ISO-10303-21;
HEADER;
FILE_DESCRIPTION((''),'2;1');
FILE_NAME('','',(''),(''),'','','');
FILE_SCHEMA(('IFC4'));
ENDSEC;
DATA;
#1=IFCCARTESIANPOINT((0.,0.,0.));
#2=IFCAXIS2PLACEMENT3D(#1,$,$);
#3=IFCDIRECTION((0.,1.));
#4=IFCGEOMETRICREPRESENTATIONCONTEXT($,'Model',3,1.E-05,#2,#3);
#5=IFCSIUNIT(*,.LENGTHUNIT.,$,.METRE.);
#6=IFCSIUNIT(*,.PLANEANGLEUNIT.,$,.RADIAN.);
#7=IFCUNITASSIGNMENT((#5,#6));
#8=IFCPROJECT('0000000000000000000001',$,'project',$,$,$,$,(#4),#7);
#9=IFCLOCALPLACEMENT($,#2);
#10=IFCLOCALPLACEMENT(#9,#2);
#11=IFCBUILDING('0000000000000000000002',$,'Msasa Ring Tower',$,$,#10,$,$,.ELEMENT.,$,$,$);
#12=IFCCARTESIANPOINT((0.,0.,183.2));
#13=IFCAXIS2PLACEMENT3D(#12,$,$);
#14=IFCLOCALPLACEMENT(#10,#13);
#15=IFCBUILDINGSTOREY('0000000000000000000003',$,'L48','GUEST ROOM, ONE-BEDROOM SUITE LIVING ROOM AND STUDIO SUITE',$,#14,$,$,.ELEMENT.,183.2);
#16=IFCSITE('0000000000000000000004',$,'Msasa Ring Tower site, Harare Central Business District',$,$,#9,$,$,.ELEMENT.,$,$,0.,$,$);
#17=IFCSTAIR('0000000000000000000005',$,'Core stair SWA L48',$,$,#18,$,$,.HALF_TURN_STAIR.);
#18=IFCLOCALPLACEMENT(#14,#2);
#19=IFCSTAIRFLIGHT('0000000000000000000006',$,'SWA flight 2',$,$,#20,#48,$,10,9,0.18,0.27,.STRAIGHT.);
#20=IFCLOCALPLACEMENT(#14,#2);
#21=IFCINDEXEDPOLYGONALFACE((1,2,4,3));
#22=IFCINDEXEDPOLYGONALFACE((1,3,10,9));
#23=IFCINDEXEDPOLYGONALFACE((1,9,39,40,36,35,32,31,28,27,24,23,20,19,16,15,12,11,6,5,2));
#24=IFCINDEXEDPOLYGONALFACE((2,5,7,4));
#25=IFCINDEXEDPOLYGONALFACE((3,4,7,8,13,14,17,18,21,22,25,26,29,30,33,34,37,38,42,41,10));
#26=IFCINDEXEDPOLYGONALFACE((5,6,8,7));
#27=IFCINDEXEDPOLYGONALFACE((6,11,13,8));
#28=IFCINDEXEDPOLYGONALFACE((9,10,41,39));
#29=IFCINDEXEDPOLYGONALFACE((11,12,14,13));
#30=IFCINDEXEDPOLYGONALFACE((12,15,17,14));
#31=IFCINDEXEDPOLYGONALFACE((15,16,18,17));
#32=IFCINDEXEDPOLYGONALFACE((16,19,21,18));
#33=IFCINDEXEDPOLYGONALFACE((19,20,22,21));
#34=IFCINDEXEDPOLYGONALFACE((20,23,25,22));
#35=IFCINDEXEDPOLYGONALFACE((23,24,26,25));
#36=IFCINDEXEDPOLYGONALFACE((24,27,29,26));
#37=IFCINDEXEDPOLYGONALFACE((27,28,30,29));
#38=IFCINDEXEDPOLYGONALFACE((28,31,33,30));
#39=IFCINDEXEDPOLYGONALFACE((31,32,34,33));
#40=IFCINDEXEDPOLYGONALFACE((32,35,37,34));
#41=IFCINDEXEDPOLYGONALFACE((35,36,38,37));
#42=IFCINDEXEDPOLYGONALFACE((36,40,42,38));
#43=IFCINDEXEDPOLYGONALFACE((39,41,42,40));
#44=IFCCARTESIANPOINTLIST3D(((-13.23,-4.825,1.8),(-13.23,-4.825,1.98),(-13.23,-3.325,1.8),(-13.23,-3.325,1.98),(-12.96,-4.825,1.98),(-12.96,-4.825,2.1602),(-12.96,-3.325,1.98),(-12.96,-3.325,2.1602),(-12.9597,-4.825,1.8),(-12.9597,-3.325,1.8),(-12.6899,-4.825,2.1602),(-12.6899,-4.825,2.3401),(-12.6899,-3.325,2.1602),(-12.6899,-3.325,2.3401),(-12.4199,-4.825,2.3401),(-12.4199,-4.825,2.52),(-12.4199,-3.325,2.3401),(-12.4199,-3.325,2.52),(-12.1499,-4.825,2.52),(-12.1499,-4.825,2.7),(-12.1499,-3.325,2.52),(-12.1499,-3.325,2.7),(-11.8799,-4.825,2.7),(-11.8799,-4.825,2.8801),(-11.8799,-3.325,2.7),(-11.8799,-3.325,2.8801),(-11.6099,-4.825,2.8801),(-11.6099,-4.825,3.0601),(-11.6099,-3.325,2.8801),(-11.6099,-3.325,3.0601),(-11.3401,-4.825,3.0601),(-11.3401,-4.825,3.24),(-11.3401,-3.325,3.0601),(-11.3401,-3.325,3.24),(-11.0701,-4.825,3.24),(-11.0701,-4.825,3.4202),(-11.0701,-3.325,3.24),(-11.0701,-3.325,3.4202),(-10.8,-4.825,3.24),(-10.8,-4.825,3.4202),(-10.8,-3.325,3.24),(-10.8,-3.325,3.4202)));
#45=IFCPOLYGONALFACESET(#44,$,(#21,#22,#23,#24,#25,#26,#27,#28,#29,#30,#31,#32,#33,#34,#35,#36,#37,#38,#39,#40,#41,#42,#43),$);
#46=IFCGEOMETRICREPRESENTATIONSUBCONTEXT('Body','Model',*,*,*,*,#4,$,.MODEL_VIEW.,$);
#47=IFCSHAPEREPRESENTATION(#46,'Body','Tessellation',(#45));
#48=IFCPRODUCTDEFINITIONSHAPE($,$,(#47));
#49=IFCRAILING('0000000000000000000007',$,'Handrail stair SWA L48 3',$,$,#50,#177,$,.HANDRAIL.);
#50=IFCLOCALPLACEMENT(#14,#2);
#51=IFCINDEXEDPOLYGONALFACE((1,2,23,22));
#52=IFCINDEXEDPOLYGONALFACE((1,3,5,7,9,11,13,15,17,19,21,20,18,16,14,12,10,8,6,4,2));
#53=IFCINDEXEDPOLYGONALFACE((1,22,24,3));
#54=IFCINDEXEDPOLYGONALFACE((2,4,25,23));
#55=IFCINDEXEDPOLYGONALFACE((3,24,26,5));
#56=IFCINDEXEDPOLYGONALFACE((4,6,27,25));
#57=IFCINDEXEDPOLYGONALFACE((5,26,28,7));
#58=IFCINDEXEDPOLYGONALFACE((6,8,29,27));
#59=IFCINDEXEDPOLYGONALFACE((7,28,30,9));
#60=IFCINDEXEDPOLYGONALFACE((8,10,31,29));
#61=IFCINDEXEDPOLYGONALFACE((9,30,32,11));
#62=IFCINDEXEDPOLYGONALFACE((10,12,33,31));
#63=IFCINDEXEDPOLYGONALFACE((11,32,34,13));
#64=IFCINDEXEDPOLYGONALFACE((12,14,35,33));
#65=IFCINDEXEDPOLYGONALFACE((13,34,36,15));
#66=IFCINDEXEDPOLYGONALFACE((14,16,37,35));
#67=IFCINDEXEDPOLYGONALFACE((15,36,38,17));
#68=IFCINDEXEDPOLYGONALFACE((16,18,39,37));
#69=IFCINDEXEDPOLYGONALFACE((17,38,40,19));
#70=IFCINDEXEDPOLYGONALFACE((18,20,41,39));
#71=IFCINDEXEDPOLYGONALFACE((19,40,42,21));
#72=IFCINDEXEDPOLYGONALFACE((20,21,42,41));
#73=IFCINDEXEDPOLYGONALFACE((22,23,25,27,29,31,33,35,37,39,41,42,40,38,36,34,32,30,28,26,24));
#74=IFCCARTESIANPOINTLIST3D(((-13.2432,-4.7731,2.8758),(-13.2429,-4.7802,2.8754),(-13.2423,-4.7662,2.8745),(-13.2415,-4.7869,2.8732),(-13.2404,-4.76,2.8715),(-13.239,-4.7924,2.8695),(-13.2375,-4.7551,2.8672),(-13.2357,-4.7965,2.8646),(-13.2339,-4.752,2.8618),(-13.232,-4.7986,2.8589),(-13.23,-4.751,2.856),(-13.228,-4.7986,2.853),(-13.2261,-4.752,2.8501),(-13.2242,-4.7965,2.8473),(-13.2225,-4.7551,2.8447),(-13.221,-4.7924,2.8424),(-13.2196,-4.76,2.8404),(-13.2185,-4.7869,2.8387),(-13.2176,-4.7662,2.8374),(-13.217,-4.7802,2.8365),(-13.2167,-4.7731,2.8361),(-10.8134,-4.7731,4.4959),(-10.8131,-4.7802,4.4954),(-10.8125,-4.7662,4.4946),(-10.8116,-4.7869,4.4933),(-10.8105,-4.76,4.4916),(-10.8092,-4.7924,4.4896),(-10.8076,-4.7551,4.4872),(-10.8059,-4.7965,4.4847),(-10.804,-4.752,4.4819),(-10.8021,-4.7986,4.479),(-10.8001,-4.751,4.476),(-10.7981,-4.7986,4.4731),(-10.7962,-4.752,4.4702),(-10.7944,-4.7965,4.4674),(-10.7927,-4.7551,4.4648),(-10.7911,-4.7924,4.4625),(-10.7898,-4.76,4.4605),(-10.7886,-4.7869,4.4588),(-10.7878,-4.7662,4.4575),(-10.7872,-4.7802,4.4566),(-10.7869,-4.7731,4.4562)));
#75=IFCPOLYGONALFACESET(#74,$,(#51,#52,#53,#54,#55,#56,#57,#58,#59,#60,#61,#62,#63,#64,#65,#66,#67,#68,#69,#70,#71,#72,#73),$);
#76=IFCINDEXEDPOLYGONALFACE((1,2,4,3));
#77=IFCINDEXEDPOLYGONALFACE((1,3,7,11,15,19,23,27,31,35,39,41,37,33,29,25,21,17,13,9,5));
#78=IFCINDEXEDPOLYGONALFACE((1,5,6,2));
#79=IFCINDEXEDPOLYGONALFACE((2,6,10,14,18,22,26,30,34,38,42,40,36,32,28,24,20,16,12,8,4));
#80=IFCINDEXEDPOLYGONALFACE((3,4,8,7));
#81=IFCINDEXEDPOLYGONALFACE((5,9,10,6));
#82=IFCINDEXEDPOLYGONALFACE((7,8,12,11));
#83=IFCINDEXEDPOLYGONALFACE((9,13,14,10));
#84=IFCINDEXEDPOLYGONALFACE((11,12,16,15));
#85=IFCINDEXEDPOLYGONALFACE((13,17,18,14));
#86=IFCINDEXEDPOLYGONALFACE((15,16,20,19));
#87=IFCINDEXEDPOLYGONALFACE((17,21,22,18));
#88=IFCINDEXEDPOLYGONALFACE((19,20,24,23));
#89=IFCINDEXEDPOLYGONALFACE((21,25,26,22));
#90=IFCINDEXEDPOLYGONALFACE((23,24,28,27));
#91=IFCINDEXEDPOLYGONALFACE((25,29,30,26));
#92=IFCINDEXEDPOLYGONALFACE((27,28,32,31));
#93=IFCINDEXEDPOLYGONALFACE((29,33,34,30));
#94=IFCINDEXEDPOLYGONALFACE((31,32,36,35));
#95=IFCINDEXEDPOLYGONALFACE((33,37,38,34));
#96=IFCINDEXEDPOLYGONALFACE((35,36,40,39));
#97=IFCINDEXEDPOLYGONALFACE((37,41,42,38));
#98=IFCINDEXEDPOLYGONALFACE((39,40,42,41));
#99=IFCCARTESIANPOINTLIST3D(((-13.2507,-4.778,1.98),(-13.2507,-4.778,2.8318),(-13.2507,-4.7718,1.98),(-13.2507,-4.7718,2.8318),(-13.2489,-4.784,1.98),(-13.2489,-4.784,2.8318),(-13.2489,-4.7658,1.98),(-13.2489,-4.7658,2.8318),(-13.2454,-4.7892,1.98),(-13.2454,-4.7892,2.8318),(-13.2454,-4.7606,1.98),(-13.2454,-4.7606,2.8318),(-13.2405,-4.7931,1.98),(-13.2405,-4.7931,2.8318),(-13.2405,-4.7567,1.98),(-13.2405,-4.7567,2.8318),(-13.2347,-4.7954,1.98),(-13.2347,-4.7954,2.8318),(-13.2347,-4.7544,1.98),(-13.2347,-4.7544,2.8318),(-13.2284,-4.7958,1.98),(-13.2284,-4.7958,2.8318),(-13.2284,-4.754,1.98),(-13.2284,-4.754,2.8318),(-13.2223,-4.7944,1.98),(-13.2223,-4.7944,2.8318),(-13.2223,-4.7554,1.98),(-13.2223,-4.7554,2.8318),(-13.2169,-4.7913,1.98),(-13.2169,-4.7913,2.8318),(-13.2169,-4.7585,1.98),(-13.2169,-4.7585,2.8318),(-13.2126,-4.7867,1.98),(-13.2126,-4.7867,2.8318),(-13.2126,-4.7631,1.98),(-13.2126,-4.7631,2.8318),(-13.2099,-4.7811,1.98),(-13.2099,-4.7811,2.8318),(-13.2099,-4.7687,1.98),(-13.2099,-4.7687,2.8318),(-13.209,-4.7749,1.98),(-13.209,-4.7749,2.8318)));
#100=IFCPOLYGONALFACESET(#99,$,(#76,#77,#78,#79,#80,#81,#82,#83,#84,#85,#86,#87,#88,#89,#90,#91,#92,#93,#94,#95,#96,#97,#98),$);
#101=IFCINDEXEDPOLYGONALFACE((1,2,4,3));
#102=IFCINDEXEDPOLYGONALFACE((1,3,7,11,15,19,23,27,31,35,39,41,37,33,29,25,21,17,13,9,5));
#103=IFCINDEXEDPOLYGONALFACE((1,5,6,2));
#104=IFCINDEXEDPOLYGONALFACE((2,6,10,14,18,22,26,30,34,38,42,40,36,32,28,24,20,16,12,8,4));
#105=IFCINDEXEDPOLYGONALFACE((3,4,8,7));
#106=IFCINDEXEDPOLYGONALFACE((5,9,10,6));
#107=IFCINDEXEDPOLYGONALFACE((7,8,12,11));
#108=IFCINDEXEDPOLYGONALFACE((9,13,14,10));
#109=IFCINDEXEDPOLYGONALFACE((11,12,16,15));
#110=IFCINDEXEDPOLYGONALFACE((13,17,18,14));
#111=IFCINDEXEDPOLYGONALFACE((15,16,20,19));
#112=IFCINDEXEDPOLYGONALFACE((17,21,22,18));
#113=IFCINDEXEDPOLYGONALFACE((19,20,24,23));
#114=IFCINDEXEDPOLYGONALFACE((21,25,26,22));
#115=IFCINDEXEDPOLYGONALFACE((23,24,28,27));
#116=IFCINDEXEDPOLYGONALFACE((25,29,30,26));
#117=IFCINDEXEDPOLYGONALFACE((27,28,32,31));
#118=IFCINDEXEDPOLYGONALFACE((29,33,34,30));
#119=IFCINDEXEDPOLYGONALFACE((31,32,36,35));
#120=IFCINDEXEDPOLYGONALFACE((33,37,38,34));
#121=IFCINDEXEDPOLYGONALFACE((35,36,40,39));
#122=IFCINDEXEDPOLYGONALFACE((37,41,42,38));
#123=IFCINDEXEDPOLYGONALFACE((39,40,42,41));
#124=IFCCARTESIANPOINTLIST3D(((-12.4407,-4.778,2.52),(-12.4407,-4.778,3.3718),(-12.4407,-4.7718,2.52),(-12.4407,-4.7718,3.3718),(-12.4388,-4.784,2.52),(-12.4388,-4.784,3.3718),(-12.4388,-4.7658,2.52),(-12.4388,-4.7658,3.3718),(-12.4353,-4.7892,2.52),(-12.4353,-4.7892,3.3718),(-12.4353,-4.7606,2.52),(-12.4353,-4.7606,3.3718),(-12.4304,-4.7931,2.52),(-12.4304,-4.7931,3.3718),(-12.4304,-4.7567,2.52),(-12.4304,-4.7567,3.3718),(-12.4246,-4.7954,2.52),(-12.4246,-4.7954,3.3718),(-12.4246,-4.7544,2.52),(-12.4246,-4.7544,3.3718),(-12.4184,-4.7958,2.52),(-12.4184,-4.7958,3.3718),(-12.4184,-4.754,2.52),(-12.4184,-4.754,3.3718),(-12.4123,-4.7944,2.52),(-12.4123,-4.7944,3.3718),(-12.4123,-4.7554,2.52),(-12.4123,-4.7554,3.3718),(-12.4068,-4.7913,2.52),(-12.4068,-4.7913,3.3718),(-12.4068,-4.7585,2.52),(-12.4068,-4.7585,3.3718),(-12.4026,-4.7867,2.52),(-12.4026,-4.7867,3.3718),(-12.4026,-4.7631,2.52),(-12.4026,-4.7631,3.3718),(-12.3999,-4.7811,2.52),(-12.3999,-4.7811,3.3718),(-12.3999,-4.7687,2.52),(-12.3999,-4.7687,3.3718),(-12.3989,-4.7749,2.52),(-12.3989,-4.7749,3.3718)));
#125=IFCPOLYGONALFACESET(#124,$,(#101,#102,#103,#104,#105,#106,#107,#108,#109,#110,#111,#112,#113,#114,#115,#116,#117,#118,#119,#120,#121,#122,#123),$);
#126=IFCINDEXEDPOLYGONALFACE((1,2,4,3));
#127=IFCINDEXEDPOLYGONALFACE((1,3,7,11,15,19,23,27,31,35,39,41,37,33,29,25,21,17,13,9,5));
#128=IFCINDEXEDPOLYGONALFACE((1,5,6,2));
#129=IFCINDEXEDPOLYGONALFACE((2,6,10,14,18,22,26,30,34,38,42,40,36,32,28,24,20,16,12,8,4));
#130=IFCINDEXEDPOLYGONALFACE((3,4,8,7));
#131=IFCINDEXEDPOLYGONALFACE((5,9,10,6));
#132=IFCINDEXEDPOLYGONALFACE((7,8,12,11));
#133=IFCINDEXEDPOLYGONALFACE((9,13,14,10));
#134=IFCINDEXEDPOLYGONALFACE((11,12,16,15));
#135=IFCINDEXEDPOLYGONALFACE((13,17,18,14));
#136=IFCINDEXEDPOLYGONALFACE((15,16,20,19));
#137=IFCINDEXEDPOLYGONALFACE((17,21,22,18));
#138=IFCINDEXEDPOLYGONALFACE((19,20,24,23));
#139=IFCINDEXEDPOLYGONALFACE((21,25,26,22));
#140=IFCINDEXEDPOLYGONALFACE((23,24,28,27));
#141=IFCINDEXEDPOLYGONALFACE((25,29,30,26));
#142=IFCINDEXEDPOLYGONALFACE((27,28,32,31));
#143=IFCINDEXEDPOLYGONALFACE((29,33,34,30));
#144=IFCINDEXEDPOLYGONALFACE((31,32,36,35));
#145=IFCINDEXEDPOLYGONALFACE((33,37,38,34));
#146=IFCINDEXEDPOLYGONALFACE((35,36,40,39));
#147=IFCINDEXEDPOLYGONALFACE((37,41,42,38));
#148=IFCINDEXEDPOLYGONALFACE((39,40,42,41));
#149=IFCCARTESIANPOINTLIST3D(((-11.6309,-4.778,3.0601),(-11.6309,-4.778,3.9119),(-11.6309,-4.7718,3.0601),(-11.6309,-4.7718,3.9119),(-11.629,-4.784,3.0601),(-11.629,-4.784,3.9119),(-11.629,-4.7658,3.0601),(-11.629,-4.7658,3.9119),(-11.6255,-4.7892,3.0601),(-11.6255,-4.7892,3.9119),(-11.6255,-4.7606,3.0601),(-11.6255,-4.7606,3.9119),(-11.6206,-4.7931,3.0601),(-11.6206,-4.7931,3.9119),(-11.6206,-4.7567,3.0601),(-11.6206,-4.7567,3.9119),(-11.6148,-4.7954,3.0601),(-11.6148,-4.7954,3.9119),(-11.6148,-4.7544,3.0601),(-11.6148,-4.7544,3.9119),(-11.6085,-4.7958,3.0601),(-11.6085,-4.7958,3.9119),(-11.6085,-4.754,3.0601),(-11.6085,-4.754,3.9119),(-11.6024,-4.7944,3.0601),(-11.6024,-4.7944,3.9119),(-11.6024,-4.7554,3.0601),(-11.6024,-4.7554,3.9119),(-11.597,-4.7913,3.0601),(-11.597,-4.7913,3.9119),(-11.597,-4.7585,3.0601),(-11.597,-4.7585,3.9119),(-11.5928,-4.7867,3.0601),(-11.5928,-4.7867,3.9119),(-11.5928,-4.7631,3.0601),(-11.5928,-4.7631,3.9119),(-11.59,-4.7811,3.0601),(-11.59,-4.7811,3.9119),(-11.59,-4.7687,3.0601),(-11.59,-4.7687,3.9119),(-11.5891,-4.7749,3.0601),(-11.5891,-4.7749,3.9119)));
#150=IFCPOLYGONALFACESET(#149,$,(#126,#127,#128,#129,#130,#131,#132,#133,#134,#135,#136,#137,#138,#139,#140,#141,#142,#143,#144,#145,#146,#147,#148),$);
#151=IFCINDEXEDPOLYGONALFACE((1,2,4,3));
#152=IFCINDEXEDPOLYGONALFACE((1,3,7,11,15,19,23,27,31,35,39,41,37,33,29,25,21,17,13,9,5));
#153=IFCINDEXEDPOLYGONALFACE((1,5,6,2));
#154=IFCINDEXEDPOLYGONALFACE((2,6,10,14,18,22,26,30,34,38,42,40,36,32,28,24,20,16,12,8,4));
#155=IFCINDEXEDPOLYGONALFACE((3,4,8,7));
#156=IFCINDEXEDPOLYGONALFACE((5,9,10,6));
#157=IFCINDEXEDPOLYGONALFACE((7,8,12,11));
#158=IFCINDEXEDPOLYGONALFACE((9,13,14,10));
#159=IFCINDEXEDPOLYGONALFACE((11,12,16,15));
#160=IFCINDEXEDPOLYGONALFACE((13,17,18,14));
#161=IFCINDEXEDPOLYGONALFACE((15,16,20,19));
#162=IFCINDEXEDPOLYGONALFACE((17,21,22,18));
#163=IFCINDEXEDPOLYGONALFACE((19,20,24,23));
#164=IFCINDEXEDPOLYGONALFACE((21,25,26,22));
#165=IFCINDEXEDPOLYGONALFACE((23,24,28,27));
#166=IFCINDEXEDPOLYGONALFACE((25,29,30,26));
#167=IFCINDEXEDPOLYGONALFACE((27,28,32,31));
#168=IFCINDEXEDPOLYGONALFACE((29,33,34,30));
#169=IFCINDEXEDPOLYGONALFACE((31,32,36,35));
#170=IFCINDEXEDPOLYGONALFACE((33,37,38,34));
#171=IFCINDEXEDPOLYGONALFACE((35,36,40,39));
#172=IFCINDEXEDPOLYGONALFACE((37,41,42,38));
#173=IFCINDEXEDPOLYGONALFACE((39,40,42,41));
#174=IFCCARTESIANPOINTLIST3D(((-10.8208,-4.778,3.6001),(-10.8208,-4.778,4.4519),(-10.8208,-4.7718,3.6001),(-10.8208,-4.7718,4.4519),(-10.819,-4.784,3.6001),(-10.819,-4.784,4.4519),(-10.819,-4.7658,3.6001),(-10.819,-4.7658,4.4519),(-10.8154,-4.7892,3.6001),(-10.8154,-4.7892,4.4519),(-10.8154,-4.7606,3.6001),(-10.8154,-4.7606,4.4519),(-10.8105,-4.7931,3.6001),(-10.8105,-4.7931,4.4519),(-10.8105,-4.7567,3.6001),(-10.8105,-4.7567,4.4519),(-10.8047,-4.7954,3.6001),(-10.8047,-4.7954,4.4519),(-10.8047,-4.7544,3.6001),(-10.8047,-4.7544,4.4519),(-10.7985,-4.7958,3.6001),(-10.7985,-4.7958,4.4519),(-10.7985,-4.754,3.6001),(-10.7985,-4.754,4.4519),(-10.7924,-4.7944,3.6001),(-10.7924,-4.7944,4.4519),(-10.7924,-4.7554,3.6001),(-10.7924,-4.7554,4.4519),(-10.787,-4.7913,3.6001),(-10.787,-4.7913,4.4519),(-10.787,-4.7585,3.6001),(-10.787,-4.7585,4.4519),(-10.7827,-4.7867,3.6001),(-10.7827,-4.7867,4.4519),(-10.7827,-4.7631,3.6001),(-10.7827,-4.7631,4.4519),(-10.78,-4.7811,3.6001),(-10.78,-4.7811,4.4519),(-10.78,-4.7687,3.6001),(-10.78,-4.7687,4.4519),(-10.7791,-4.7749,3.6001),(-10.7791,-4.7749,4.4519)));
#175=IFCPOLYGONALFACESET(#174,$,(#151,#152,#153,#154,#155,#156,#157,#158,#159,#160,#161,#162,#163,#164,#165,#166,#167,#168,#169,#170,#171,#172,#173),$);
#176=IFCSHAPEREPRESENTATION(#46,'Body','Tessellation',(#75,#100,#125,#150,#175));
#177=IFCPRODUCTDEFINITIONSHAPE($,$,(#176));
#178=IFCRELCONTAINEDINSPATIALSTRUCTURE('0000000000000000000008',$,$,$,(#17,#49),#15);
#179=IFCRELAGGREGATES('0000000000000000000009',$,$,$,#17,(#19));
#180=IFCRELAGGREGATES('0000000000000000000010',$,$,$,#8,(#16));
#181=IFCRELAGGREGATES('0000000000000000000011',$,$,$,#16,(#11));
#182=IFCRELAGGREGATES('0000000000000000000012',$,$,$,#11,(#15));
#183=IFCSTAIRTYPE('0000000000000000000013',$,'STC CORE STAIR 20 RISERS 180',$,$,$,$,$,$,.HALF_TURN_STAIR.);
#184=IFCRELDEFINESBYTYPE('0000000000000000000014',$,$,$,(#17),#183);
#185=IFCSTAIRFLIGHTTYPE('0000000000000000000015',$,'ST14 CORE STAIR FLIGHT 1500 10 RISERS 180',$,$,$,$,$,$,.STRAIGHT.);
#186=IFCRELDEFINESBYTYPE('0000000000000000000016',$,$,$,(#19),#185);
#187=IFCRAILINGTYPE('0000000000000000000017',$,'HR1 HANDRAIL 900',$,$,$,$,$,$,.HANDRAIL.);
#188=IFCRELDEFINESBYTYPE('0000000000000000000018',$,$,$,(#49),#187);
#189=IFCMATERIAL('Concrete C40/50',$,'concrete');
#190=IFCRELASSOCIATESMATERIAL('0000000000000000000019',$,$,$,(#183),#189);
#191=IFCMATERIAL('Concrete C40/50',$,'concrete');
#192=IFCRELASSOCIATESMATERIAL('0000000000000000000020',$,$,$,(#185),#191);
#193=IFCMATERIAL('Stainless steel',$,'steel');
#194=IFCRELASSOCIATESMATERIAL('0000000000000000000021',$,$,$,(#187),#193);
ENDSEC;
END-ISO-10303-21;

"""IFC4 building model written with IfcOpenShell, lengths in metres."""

from ifc_helpers import new_model, si_unit, direction, frame, origin, origin_2d, place, context, subcontext, project, spatial, polyline, circle, outline, extrude, material, type_object, element, aggregate, save


model = new_model("IFC4")

# Units and contexts
model_context = context("Model", 3, precision=1e-05, world=origin(), true_north=direction((0.0, 1.0)))
body_context = subcontext(model_context, "Body", "Model", "MODEL_VIEW")
ifc_project = project(units=[si_unit("LENGTHUNIT", "METRE"), si_unit("PLANEANGLEUNIT", "RADIAN")], contexts=[model_context])

# Site, building, storey
site_placement = place(None, origin())
site = spatial("IfcSite", under=ifc_project, at=site_placement, Name="Msasa Ring Tower site, Harare Central Business District", CompositionType="ELEMENT", RefElevation=0.0)
building_placement = place(site_placement, origin())
building = spatial("IfcBuilding", under=site, at=building_placement, Name="Msasa Ring Tower", CompositionType="ELEMENT")
storey_placement = place(building_placement, frame((0.0, 0.0, 183.2)))
storey = spatial("IfcBuildingStorey", under=building, at=storey_placement, Name="L48", Description="GUEST ROOM, ONE-BEDROOM SUITE LIVING ROOM AND STUDIO SUITE", CompositionType="ELEMENT", Elevation=183.2)

# Stair, stair flight
ifc_material_1 = material(Name="Concrete C40/50", Category="concrete")
stair_type = type_object("IfcStairType", Name="STC CORE STAIR 20 RISERS 180", PredefinedType="HALF_TURN_STAIR", material=ifc_material_1)
stair_placement = place(storey_placement, origin())
stair = element("IfcStair", 1, at=stair_placement, inside=storey, type_object=stair_type, Name="Core stair SWA L48", PredefinedType="HALF_TURN_STAIR")
ifc_material_2 = material(Name="Concrete C40/50", Category="concrete")
stair_flight_type = type_object("IfcStairFlightType", Name="ST14 CORE STAIR FLIGHT 1500 10 RISERS 180", PredefinedType="STRAIGHT", material=ifc_material_2)
stair_flight_placement = place(storey_placement, frame((-13.23, -4.075, 1.8), z_axis=(0.0, 0.0, 1.0), x_axis=(1.0, 0.0, 0.0)))
stair_flight = element("IfcStairFlight", 2, at=stair_flight_placement, type_object=stair_flight_type, Name="SWA flight 2", NumberOfRisers=10, NumberOfTreads=9, PredefinedType="STRAIGHT", RiserHeight=0.18, TreadLength=0.27, context=body_context, shape_type="SweptSolid", body=[
    extrude(outline(polyline([(0.0, 0.0), (0.0, 0.1799), (0.27, 0.1799), (0.27, 0.3601), (0.54, 0.3601), (0.54, 0.54), (0.8101, 0.54), (0.8101, 0.72), (1.0801, 0.72), (1.0801, 0.8999), (1.3501, 0.8999), (1.3501, 1.0801), (1.6201, 1.0801), (1.6201, 1.26), (1.8899, 1.26), (1.8899, 1.4399), (2.1599, 1.4399), (2.1599, 1.6201), (2.4299, 1.6201), (2.4299, 1.8), (2.4299, 1.4399), (0.2703, 0.0), (0.0, 0.0)])), frame((0.0, 0.75, 0.0), z_axis=(0.0, -1.0, 0.0), x_axis=(1.0, 0.0, 0.0)), (0.0, 0.0, 1.0), 1.5),
])
aggregate(stair, [stair_flight])

# Railing
ifc_material_3 = material(Name="Stainless steel", Category="steel")
railing_type = type_object("IfcRailingType", Name="HR1 HANDRAIL 900", PredefinedType="HANDRAIL", material=ifc_material_3)
railing_placement = place(storey_placement, frame((-13.23, -4.7749, 1.98)))
element("IfcRailing", 3, at=railing_placement, inside=storey, type_object=railing_type, Name="Handrail stair SWA L48 3", PredefinedType="HANDRAIL", context=body_context, shape_type="SweptSolid", body=[
    extrude(circle(Radius=0.0239, at=origin_2d()), frame((0.0, 0.0, 0.876), z_axis=(0.832025, 0.0, 0.554739), x_axis=(0.0, 1.0, 0.0)), (0.0, 0.0, 1.0), 2.9204),
    extrude(circle(Radius=0.021, at=origin_2d()), origin(), (0.0, 0.0, 1.0), 0.8518),
    extrude(circle(Radius=0.021, at=origin_2d()), frame((0.8101, 0.0, 0.54)), (0.0, 0.0, 1.0), 0.8518),
    extrude(circle(Radius=0.021, at=origin_2d()), frame((1.6199, 0.0, 1.0801)), (0.0, 0.0, 1.0), 0.8518),
    extrude(circle(Radius=0.021, at=origin_2d()), frame((2.4299, 0.0, 1.6201)), (0.0, 0.0, 1.0), 0.8518),
])

save(model, "model.ifc")
